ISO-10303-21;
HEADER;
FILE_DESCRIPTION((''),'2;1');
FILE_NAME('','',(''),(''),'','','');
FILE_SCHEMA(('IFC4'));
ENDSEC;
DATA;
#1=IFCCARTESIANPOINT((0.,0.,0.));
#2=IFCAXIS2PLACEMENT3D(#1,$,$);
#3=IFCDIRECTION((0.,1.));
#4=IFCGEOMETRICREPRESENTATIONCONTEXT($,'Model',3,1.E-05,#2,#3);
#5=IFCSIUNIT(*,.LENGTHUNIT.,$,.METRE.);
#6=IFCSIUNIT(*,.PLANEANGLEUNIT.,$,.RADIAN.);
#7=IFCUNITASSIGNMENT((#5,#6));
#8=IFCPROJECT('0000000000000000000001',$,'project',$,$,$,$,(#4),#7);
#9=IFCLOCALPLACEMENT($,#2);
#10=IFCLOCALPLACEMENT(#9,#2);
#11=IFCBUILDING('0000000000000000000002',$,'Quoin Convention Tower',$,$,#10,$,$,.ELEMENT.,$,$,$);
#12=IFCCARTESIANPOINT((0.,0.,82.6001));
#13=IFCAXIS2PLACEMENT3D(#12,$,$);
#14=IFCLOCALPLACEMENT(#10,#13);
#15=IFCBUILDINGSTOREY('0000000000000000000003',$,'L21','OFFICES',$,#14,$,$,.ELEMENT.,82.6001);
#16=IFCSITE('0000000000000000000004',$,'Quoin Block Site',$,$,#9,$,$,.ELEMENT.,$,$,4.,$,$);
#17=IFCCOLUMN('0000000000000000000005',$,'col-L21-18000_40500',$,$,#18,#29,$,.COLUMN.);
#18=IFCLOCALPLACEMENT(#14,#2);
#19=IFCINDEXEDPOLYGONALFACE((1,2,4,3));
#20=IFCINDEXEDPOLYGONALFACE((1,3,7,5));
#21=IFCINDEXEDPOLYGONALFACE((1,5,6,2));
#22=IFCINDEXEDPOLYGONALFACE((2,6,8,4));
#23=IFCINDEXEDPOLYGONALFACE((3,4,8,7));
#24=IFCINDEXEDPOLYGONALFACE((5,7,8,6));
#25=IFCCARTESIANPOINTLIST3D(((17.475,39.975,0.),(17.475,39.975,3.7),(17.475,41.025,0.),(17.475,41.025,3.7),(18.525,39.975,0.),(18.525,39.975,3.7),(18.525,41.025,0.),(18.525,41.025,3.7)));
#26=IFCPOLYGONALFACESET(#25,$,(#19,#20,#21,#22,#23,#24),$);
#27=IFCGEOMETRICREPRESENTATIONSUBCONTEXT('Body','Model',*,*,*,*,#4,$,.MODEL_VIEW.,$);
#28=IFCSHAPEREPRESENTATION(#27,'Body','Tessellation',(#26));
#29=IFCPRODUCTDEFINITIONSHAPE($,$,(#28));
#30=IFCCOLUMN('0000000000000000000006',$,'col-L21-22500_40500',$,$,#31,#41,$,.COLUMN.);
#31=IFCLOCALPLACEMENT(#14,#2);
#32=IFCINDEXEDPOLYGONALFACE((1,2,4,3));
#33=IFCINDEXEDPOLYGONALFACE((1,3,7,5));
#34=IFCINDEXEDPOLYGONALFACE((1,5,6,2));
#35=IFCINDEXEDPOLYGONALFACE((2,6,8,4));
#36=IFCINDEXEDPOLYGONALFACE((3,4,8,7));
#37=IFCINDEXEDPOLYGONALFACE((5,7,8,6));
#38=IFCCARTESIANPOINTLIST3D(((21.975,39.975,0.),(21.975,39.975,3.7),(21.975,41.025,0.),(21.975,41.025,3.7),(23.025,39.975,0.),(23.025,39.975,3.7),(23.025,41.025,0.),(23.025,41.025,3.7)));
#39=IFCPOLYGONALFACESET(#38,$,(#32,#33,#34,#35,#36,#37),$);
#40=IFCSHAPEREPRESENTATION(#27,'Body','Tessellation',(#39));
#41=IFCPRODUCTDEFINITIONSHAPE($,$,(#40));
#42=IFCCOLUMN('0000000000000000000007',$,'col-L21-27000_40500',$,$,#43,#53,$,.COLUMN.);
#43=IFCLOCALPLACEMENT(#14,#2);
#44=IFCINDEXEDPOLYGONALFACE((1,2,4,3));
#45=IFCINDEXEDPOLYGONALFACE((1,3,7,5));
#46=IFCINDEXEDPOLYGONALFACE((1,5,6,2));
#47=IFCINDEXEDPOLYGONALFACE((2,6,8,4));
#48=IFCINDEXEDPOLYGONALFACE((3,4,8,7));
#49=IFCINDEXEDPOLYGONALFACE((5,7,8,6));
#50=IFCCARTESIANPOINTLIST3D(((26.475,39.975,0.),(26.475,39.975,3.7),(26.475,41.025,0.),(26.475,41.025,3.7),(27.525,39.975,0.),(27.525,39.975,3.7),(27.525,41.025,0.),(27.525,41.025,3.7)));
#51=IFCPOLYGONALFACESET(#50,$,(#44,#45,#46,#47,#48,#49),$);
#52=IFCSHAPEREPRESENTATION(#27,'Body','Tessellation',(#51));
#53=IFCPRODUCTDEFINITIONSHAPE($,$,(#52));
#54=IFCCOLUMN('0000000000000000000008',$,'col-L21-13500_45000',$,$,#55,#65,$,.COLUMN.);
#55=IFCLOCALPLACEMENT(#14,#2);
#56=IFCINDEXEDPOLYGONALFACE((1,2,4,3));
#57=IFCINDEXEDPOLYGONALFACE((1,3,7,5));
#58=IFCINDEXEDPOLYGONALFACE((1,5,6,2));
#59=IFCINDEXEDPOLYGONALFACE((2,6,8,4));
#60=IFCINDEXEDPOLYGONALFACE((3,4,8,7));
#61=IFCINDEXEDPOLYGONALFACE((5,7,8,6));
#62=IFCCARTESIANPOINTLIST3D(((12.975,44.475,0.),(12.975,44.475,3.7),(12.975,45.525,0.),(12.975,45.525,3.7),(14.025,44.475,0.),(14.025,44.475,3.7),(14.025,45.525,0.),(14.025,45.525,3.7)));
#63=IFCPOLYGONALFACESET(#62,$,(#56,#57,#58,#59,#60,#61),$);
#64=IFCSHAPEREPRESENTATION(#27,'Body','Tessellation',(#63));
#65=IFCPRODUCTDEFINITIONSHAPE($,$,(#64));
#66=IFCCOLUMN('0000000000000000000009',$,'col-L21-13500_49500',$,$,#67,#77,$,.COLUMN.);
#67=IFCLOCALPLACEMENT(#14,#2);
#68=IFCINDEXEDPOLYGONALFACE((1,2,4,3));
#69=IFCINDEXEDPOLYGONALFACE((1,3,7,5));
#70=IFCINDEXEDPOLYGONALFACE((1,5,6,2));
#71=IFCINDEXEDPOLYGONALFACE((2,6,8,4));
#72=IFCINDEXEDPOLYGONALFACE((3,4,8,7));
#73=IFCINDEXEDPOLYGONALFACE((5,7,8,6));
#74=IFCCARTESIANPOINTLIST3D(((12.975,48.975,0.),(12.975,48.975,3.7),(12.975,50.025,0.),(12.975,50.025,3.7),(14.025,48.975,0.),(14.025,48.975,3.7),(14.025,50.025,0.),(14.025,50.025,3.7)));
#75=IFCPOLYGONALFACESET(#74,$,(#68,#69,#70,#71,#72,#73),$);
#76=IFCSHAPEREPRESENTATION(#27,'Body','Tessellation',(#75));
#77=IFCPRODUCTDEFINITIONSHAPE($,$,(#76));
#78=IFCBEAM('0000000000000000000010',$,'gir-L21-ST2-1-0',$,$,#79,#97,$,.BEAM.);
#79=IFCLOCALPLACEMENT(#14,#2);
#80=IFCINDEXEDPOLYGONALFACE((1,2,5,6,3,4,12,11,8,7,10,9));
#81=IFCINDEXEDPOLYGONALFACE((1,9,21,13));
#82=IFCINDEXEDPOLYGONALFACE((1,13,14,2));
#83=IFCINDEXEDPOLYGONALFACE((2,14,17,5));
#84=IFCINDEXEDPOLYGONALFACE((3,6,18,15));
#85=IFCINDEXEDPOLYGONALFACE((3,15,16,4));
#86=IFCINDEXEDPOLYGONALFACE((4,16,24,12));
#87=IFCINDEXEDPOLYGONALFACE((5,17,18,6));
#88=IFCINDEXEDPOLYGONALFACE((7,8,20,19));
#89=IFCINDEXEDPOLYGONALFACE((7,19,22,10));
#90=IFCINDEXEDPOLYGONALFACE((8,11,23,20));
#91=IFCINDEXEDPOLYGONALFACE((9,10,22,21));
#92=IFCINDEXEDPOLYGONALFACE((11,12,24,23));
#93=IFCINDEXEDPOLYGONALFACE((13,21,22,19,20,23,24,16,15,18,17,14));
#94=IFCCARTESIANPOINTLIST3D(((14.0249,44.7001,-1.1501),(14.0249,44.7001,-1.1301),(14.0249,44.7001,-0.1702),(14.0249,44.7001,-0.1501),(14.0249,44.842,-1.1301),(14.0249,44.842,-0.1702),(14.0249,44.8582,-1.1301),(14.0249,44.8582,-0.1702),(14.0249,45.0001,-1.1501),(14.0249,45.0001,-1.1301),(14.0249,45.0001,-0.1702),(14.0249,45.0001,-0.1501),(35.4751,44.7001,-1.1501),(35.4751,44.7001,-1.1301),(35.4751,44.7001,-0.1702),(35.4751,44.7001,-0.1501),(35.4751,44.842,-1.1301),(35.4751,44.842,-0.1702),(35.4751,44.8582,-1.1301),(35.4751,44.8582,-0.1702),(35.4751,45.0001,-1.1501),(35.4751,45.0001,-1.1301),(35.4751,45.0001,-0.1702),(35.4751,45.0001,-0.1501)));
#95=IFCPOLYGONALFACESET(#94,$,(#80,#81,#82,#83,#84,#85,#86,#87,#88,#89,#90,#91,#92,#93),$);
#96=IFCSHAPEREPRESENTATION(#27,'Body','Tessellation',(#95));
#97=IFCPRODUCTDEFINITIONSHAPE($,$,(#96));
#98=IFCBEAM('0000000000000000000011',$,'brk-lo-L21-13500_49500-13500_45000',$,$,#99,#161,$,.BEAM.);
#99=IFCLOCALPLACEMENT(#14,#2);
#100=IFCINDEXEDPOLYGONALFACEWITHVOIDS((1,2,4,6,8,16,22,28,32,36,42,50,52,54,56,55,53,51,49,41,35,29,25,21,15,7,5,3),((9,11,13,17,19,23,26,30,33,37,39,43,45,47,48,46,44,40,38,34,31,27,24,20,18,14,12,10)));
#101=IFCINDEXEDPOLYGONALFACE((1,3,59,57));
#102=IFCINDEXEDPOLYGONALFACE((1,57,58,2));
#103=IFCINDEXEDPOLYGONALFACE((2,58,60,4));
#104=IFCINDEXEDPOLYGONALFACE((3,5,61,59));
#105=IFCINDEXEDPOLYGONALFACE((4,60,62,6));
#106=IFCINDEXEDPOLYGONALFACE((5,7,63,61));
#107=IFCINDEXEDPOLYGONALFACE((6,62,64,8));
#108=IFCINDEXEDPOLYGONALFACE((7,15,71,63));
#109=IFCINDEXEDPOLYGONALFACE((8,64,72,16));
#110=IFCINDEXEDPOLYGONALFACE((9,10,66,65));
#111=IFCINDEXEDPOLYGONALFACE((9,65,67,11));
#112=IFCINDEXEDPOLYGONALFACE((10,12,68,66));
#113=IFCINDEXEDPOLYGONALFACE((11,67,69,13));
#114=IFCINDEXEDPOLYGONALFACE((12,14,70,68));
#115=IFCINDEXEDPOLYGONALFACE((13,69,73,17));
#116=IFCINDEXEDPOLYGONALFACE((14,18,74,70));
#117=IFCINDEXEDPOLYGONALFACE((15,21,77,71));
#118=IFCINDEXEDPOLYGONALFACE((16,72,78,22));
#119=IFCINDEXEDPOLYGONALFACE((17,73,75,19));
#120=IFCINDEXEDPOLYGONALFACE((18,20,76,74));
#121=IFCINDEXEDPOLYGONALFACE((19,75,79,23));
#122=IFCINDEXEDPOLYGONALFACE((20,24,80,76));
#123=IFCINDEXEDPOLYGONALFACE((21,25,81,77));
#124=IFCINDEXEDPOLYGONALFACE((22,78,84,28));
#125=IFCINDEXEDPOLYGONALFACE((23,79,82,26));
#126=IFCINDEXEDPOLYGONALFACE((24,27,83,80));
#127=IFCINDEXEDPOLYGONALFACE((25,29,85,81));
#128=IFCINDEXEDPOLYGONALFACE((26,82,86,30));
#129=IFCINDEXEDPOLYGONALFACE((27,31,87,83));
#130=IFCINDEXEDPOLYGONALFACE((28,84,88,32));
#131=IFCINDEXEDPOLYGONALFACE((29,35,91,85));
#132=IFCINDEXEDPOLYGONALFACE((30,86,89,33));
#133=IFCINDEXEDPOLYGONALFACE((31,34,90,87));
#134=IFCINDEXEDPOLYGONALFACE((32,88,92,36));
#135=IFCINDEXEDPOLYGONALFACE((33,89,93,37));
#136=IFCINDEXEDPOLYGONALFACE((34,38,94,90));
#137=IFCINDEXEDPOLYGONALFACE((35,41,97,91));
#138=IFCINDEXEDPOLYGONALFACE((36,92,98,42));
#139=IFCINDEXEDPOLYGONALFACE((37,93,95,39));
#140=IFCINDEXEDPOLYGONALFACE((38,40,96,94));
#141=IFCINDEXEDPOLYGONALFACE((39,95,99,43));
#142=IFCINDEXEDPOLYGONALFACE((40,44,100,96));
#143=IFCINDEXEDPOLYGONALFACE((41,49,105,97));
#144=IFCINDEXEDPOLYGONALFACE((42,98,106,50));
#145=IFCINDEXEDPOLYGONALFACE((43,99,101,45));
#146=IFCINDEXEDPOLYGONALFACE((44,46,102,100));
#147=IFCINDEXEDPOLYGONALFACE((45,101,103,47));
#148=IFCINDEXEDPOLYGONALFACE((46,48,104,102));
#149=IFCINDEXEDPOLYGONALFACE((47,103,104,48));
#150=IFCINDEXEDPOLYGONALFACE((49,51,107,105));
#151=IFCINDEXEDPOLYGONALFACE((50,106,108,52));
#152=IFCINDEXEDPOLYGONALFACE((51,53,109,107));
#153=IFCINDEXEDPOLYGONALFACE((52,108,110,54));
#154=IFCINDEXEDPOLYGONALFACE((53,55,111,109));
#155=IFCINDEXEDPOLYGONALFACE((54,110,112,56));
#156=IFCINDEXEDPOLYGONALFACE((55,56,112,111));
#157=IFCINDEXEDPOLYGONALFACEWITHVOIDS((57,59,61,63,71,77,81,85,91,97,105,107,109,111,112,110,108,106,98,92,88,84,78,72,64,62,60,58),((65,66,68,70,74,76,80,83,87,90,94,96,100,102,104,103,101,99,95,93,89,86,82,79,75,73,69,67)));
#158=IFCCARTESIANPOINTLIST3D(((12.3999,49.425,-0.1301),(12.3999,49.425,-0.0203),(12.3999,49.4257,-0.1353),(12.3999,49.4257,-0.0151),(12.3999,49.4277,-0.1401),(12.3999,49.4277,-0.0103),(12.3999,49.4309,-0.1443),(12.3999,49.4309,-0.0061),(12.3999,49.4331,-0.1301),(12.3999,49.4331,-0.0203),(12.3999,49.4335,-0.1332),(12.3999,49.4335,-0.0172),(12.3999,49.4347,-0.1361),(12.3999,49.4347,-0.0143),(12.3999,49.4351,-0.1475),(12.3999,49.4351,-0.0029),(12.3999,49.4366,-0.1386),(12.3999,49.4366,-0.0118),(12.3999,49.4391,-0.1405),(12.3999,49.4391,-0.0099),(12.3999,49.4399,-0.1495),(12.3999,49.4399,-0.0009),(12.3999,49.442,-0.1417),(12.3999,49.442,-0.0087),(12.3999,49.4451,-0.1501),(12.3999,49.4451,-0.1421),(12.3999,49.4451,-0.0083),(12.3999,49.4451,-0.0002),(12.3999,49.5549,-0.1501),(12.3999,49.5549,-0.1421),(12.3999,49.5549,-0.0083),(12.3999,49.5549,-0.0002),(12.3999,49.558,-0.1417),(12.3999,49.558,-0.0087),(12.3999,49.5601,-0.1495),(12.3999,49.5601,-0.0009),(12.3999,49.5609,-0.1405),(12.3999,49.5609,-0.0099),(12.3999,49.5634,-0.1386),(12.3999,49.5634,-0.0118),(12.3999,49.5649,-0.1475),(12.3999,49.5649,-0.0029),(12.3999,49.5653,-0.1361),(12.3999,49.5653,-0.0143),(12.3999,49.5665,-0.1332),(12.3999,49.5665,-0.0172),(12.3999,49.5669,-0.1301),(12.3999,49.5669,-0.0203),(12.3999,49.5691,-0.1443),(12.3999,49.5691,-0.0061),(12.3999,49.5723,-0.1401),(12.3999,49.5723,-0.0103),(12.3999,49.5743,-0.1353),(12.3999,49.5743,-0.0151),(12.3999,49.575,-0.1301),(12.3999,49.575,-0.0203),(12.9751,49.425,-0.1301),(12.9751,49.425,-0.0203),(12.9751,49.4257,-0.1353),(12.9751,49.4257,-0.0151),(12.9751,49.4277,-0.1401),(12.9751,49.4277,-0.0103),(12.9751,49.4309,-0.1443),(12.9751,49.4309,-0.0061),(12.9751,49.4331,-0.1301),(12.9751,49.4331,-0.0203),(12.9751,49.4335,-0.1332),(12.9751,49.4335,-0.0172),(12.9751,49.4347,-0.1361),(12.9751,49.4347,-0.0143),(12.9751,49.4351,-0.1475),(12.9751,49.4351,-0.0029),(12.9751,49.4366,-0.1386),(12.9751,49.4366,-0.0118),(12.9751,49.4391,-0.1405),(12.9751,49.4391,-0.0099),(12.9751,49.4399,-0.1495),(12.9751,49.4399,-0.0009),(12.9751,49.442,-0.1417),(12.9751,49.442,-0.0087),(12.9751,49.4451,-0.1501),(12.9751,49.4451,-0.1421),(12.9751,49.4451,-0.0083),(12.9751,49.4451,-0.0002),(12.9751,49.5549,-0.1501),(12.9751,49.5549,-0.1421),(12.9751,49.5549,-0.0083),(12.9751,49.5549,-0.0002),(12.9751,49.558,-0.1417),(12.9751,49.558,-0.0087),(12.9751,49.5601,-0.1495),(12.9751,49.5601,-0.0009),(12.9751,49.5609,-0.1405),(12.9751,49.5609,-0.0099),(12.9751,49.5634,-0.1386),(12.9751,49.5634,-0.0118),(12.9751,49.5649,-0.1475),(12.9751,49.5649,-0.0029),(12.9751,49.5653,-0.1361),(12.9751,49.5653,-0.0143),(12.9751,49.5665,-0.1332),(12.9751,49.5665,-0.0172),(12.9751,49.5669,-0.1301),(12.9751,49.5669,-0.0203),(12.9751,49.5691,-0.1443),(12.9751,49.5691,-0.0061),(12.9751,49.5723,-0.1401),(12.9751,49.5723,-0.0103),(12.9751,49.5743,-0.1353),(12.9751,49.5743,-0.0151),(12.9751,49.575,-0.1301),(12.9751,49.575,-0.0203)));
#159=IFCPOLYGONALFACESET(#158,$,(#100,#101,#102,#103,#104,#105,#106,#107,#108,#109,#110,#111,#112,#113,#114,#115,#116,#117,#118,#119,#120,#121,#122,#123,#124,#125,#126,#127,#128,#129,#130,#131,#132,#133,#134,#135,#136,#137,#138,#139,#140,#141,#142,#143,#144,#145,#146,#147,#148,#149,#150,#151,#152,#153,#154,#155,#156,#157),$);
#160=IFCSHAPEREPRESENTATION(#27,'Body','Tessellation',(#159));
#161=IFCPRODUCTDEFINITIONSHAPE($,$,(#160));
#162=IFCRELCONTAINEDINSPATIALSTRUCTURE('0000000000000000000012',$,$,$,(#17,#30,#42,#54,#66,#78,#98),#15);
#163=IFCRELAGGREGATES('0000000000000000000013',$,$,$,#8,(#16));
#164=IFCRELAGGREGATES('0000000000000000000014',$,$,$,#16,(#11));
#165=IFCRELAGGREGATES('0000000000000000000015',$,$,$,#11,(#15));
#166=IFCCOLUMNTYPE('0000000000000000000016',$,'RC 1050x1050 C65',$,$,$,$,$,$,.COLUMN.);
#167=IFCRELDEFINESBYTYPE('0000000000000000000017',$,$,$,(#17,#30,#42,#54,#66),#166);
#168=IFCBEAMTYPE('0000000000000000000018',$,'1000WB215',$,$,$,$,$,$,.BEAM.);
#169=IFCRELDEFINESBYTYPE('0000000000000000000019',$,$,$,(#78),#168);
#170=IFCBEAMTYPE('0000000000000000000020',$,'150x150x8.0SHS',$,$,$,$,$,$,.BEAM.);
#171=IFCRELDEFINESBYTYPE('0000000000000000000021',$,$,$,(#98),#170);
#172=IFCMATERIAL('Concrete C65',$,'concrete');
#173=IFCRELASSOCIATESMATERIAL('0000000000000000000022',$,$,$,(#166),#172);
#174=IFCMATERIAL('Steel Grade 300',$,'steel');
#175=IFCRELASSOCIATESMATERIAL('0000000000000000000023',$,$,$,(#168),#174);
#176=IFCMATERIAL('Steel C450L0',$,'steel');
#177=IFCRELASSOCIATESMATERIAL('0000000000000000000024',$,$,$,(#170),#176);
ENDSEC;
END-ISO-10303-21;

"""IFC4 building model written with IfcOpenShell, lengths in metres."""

from ifc_helpers import new_model, si_unit, direction, frame, origin, origin_2d, place, context, subcontext, project, spatial, rectangle, hollow_rectangle, i_section, extrude, material, material_profile, profile_set, type_object, element, save


model = new_model("IFC4")

# Units and contexts
model_context = context("Model", 3, precision=1e-05, world=origin(), true_north=direction((0.0, 1.0)))
body_context = subcontext(model_context, "Body", "Model", "MODEL_VIEW")
ifc_project = project(units=[si_unit("LENGTHUNIT", "METRE"), si_unit("PLANEANGLEUNIT", "RADIAN")], contexts=[model_context])

# Site, building, storey
site_placement = place(None, origin())
site = spatial("IfcSite", under=ifc_project, at=site_placement, Name="Quoin Block Site", CompositionType="ELEMENT", RefElevation=4.0)
building_placement = place(site_placement, origin())
building = spatial("IfcBuilding", under=site, at=building_placement, Name="Quoin Convention Tower", CompositionType="ELEMENT")
storey_placement = place(building_placement, frame((0.0, 0.0, 82.6001)))
storey = spatial("IfcBuildingStorey", under=building, at=storey_placement, Name="L21", Description="OFFICES", CompositionType="ELEMENT", Elevation=82.6001)

# Columns
ifc_material_1 = material(Name="Concrete C65", Category="concrete")
ifc_material_profile_1 = material_profile(ifc_material_1, rectangle(XDim=1.05, YDim=1.05, at=origin_2d()), Name="RC 1050x1050")
ifc_profile_set_1 = profile_set([ifc_material_profile_1], Name="Concrete C65")
column_type = type_object("IfcColumnType", Name="RC 1050x1050 C65", PredefinedType="COLUMN", material=ifc_profile_set_1)
for number, where, z_axis, x_axis, name in (
    (1, (18.0, 40.5, 0.0), (0.0, 0.0, 1.0), (1.0, 0.0, 0.0), "col-L21-18000_40500"),
    (2, (22.5, 40.5, 0.0), (0.0, 0.0, 1.0), (1.0, 0.0, 0.0), "col-L21-22500_40500"),
    (3, (27.0, 40.5, 0.0), (0.0, 0.0, 1.0), (1.0, 0.0, 0.0), "col-L21-27000_40500"),
    (4, (13.5, 45.0, 0.0), (0.0, 0.0, 1.0), (1.0, 0.0, 0.0), "col-L21-13500_45000"),
    (5, (13.5, 49.5, 0.0), (0.0, 0.0, 1.0), (1.0, 0.0, 0.0), "col-L21-13500_49500"),
):
    element("IfcColumn", number, at=place(storey_placement, frame(where, z_axis=z_axis, x_axis=x_axis)), inside=storey, type_object=column_type, Name=name, PredefinedType="COLUMN", context=body_context, shape_type="SweptSolid", body=[
        extrude(rectangle(XDim=1.05, YDim=1.05, at=origin_2d()), origin(), (0.0, 0.0, 1.0), 3.7),
    ])

# Beams
ifc_material_2 = material(Name="Steel Grade 300", Category="steel")
ifc_material_profile_2 = material_profile(ifc_material_2, i_section(OverallWidth=0.3, OverallDepth=1.0, WebThickness=0.0161, FlangeThickness=0.02, at=origin_2d()), Name="1000WB215")
ifc_profile_set_2 = profile_set([ifc_material_profile_2], Name="Steel Grade 300")
beam_type_1 = type_object("IfcBeamType", Name="1000WB215", PredefinedType="BEAM", material=ifc_profile_set_2)
beam_1_placement = place(storey_placement, frame((14.0249, 44.8501, -0.6501), z_axis=(1.0, 0.0, 0.0), x_axis=(0.0, 1.0, 0.0)))
element("IfcBeam", 6, at=beam_1_placement, inside=storey, type_object=beam_type_1, Name="gir-L21-ST2-1-0", PredefinedType="BEAM", context=body_context, shape_type="SweptSolid", body=[
    extrude(i_section(OverallWidth=0.3, OverallDepth=1.0, WebThickness=0.0161, FlangeThickness=0.02, at=origin_2d()), origin(), (0.0, 0.0, 1.0), 21.4502),
])
ifc_material_3 = material(Name="Steel C450L0", Category="steel")
ifc_material_profile_3 = material_profile(ifc_material_3, hollow_rectangle(XDim=0.1499, YDim=0.1499, WallThickness=0.0081, InnerFilletRadius=0.012, OuterFilletRadius=0.02, at=origin_2d()), Name="150x150x8.0SHS")
ifc_profile_set_3 = profile_set([ifc_material_profile_3], Name="Steel C450L0")
beam_type_2 = type_object("IfcBeamType", Name="150x150x8.0SHS", PredefinedType="BEAM", material=ifc_profile_set_3)
beam_2_placement = place(storey_placement, frame((12.9751, 49.5, -0.0752), z_axis=(-1.0, 0.0, 0.0), x_axis=(0.0, -1.0, 0.0)))
element("IfcBeam", 7, at=beam_2_placement, inside=storey, type_object=beam_type_2, Name="brk-lo-L21-13500_49500-13500_45000", PredefinedType="BEAM", context=body_context, shape_type="SweptSolid", body=[
    extrude(hollow_rectangle(XDim=0.1499, YDim=0.1499, WallThickness=0.0081, InnerFilletRadius=0.012, OuterFilletRadius=0.02, at=origin_2d()), origin(), (0.0, 0.0, 1.0), 0.5752),
])

save(model, "model.ifc")
